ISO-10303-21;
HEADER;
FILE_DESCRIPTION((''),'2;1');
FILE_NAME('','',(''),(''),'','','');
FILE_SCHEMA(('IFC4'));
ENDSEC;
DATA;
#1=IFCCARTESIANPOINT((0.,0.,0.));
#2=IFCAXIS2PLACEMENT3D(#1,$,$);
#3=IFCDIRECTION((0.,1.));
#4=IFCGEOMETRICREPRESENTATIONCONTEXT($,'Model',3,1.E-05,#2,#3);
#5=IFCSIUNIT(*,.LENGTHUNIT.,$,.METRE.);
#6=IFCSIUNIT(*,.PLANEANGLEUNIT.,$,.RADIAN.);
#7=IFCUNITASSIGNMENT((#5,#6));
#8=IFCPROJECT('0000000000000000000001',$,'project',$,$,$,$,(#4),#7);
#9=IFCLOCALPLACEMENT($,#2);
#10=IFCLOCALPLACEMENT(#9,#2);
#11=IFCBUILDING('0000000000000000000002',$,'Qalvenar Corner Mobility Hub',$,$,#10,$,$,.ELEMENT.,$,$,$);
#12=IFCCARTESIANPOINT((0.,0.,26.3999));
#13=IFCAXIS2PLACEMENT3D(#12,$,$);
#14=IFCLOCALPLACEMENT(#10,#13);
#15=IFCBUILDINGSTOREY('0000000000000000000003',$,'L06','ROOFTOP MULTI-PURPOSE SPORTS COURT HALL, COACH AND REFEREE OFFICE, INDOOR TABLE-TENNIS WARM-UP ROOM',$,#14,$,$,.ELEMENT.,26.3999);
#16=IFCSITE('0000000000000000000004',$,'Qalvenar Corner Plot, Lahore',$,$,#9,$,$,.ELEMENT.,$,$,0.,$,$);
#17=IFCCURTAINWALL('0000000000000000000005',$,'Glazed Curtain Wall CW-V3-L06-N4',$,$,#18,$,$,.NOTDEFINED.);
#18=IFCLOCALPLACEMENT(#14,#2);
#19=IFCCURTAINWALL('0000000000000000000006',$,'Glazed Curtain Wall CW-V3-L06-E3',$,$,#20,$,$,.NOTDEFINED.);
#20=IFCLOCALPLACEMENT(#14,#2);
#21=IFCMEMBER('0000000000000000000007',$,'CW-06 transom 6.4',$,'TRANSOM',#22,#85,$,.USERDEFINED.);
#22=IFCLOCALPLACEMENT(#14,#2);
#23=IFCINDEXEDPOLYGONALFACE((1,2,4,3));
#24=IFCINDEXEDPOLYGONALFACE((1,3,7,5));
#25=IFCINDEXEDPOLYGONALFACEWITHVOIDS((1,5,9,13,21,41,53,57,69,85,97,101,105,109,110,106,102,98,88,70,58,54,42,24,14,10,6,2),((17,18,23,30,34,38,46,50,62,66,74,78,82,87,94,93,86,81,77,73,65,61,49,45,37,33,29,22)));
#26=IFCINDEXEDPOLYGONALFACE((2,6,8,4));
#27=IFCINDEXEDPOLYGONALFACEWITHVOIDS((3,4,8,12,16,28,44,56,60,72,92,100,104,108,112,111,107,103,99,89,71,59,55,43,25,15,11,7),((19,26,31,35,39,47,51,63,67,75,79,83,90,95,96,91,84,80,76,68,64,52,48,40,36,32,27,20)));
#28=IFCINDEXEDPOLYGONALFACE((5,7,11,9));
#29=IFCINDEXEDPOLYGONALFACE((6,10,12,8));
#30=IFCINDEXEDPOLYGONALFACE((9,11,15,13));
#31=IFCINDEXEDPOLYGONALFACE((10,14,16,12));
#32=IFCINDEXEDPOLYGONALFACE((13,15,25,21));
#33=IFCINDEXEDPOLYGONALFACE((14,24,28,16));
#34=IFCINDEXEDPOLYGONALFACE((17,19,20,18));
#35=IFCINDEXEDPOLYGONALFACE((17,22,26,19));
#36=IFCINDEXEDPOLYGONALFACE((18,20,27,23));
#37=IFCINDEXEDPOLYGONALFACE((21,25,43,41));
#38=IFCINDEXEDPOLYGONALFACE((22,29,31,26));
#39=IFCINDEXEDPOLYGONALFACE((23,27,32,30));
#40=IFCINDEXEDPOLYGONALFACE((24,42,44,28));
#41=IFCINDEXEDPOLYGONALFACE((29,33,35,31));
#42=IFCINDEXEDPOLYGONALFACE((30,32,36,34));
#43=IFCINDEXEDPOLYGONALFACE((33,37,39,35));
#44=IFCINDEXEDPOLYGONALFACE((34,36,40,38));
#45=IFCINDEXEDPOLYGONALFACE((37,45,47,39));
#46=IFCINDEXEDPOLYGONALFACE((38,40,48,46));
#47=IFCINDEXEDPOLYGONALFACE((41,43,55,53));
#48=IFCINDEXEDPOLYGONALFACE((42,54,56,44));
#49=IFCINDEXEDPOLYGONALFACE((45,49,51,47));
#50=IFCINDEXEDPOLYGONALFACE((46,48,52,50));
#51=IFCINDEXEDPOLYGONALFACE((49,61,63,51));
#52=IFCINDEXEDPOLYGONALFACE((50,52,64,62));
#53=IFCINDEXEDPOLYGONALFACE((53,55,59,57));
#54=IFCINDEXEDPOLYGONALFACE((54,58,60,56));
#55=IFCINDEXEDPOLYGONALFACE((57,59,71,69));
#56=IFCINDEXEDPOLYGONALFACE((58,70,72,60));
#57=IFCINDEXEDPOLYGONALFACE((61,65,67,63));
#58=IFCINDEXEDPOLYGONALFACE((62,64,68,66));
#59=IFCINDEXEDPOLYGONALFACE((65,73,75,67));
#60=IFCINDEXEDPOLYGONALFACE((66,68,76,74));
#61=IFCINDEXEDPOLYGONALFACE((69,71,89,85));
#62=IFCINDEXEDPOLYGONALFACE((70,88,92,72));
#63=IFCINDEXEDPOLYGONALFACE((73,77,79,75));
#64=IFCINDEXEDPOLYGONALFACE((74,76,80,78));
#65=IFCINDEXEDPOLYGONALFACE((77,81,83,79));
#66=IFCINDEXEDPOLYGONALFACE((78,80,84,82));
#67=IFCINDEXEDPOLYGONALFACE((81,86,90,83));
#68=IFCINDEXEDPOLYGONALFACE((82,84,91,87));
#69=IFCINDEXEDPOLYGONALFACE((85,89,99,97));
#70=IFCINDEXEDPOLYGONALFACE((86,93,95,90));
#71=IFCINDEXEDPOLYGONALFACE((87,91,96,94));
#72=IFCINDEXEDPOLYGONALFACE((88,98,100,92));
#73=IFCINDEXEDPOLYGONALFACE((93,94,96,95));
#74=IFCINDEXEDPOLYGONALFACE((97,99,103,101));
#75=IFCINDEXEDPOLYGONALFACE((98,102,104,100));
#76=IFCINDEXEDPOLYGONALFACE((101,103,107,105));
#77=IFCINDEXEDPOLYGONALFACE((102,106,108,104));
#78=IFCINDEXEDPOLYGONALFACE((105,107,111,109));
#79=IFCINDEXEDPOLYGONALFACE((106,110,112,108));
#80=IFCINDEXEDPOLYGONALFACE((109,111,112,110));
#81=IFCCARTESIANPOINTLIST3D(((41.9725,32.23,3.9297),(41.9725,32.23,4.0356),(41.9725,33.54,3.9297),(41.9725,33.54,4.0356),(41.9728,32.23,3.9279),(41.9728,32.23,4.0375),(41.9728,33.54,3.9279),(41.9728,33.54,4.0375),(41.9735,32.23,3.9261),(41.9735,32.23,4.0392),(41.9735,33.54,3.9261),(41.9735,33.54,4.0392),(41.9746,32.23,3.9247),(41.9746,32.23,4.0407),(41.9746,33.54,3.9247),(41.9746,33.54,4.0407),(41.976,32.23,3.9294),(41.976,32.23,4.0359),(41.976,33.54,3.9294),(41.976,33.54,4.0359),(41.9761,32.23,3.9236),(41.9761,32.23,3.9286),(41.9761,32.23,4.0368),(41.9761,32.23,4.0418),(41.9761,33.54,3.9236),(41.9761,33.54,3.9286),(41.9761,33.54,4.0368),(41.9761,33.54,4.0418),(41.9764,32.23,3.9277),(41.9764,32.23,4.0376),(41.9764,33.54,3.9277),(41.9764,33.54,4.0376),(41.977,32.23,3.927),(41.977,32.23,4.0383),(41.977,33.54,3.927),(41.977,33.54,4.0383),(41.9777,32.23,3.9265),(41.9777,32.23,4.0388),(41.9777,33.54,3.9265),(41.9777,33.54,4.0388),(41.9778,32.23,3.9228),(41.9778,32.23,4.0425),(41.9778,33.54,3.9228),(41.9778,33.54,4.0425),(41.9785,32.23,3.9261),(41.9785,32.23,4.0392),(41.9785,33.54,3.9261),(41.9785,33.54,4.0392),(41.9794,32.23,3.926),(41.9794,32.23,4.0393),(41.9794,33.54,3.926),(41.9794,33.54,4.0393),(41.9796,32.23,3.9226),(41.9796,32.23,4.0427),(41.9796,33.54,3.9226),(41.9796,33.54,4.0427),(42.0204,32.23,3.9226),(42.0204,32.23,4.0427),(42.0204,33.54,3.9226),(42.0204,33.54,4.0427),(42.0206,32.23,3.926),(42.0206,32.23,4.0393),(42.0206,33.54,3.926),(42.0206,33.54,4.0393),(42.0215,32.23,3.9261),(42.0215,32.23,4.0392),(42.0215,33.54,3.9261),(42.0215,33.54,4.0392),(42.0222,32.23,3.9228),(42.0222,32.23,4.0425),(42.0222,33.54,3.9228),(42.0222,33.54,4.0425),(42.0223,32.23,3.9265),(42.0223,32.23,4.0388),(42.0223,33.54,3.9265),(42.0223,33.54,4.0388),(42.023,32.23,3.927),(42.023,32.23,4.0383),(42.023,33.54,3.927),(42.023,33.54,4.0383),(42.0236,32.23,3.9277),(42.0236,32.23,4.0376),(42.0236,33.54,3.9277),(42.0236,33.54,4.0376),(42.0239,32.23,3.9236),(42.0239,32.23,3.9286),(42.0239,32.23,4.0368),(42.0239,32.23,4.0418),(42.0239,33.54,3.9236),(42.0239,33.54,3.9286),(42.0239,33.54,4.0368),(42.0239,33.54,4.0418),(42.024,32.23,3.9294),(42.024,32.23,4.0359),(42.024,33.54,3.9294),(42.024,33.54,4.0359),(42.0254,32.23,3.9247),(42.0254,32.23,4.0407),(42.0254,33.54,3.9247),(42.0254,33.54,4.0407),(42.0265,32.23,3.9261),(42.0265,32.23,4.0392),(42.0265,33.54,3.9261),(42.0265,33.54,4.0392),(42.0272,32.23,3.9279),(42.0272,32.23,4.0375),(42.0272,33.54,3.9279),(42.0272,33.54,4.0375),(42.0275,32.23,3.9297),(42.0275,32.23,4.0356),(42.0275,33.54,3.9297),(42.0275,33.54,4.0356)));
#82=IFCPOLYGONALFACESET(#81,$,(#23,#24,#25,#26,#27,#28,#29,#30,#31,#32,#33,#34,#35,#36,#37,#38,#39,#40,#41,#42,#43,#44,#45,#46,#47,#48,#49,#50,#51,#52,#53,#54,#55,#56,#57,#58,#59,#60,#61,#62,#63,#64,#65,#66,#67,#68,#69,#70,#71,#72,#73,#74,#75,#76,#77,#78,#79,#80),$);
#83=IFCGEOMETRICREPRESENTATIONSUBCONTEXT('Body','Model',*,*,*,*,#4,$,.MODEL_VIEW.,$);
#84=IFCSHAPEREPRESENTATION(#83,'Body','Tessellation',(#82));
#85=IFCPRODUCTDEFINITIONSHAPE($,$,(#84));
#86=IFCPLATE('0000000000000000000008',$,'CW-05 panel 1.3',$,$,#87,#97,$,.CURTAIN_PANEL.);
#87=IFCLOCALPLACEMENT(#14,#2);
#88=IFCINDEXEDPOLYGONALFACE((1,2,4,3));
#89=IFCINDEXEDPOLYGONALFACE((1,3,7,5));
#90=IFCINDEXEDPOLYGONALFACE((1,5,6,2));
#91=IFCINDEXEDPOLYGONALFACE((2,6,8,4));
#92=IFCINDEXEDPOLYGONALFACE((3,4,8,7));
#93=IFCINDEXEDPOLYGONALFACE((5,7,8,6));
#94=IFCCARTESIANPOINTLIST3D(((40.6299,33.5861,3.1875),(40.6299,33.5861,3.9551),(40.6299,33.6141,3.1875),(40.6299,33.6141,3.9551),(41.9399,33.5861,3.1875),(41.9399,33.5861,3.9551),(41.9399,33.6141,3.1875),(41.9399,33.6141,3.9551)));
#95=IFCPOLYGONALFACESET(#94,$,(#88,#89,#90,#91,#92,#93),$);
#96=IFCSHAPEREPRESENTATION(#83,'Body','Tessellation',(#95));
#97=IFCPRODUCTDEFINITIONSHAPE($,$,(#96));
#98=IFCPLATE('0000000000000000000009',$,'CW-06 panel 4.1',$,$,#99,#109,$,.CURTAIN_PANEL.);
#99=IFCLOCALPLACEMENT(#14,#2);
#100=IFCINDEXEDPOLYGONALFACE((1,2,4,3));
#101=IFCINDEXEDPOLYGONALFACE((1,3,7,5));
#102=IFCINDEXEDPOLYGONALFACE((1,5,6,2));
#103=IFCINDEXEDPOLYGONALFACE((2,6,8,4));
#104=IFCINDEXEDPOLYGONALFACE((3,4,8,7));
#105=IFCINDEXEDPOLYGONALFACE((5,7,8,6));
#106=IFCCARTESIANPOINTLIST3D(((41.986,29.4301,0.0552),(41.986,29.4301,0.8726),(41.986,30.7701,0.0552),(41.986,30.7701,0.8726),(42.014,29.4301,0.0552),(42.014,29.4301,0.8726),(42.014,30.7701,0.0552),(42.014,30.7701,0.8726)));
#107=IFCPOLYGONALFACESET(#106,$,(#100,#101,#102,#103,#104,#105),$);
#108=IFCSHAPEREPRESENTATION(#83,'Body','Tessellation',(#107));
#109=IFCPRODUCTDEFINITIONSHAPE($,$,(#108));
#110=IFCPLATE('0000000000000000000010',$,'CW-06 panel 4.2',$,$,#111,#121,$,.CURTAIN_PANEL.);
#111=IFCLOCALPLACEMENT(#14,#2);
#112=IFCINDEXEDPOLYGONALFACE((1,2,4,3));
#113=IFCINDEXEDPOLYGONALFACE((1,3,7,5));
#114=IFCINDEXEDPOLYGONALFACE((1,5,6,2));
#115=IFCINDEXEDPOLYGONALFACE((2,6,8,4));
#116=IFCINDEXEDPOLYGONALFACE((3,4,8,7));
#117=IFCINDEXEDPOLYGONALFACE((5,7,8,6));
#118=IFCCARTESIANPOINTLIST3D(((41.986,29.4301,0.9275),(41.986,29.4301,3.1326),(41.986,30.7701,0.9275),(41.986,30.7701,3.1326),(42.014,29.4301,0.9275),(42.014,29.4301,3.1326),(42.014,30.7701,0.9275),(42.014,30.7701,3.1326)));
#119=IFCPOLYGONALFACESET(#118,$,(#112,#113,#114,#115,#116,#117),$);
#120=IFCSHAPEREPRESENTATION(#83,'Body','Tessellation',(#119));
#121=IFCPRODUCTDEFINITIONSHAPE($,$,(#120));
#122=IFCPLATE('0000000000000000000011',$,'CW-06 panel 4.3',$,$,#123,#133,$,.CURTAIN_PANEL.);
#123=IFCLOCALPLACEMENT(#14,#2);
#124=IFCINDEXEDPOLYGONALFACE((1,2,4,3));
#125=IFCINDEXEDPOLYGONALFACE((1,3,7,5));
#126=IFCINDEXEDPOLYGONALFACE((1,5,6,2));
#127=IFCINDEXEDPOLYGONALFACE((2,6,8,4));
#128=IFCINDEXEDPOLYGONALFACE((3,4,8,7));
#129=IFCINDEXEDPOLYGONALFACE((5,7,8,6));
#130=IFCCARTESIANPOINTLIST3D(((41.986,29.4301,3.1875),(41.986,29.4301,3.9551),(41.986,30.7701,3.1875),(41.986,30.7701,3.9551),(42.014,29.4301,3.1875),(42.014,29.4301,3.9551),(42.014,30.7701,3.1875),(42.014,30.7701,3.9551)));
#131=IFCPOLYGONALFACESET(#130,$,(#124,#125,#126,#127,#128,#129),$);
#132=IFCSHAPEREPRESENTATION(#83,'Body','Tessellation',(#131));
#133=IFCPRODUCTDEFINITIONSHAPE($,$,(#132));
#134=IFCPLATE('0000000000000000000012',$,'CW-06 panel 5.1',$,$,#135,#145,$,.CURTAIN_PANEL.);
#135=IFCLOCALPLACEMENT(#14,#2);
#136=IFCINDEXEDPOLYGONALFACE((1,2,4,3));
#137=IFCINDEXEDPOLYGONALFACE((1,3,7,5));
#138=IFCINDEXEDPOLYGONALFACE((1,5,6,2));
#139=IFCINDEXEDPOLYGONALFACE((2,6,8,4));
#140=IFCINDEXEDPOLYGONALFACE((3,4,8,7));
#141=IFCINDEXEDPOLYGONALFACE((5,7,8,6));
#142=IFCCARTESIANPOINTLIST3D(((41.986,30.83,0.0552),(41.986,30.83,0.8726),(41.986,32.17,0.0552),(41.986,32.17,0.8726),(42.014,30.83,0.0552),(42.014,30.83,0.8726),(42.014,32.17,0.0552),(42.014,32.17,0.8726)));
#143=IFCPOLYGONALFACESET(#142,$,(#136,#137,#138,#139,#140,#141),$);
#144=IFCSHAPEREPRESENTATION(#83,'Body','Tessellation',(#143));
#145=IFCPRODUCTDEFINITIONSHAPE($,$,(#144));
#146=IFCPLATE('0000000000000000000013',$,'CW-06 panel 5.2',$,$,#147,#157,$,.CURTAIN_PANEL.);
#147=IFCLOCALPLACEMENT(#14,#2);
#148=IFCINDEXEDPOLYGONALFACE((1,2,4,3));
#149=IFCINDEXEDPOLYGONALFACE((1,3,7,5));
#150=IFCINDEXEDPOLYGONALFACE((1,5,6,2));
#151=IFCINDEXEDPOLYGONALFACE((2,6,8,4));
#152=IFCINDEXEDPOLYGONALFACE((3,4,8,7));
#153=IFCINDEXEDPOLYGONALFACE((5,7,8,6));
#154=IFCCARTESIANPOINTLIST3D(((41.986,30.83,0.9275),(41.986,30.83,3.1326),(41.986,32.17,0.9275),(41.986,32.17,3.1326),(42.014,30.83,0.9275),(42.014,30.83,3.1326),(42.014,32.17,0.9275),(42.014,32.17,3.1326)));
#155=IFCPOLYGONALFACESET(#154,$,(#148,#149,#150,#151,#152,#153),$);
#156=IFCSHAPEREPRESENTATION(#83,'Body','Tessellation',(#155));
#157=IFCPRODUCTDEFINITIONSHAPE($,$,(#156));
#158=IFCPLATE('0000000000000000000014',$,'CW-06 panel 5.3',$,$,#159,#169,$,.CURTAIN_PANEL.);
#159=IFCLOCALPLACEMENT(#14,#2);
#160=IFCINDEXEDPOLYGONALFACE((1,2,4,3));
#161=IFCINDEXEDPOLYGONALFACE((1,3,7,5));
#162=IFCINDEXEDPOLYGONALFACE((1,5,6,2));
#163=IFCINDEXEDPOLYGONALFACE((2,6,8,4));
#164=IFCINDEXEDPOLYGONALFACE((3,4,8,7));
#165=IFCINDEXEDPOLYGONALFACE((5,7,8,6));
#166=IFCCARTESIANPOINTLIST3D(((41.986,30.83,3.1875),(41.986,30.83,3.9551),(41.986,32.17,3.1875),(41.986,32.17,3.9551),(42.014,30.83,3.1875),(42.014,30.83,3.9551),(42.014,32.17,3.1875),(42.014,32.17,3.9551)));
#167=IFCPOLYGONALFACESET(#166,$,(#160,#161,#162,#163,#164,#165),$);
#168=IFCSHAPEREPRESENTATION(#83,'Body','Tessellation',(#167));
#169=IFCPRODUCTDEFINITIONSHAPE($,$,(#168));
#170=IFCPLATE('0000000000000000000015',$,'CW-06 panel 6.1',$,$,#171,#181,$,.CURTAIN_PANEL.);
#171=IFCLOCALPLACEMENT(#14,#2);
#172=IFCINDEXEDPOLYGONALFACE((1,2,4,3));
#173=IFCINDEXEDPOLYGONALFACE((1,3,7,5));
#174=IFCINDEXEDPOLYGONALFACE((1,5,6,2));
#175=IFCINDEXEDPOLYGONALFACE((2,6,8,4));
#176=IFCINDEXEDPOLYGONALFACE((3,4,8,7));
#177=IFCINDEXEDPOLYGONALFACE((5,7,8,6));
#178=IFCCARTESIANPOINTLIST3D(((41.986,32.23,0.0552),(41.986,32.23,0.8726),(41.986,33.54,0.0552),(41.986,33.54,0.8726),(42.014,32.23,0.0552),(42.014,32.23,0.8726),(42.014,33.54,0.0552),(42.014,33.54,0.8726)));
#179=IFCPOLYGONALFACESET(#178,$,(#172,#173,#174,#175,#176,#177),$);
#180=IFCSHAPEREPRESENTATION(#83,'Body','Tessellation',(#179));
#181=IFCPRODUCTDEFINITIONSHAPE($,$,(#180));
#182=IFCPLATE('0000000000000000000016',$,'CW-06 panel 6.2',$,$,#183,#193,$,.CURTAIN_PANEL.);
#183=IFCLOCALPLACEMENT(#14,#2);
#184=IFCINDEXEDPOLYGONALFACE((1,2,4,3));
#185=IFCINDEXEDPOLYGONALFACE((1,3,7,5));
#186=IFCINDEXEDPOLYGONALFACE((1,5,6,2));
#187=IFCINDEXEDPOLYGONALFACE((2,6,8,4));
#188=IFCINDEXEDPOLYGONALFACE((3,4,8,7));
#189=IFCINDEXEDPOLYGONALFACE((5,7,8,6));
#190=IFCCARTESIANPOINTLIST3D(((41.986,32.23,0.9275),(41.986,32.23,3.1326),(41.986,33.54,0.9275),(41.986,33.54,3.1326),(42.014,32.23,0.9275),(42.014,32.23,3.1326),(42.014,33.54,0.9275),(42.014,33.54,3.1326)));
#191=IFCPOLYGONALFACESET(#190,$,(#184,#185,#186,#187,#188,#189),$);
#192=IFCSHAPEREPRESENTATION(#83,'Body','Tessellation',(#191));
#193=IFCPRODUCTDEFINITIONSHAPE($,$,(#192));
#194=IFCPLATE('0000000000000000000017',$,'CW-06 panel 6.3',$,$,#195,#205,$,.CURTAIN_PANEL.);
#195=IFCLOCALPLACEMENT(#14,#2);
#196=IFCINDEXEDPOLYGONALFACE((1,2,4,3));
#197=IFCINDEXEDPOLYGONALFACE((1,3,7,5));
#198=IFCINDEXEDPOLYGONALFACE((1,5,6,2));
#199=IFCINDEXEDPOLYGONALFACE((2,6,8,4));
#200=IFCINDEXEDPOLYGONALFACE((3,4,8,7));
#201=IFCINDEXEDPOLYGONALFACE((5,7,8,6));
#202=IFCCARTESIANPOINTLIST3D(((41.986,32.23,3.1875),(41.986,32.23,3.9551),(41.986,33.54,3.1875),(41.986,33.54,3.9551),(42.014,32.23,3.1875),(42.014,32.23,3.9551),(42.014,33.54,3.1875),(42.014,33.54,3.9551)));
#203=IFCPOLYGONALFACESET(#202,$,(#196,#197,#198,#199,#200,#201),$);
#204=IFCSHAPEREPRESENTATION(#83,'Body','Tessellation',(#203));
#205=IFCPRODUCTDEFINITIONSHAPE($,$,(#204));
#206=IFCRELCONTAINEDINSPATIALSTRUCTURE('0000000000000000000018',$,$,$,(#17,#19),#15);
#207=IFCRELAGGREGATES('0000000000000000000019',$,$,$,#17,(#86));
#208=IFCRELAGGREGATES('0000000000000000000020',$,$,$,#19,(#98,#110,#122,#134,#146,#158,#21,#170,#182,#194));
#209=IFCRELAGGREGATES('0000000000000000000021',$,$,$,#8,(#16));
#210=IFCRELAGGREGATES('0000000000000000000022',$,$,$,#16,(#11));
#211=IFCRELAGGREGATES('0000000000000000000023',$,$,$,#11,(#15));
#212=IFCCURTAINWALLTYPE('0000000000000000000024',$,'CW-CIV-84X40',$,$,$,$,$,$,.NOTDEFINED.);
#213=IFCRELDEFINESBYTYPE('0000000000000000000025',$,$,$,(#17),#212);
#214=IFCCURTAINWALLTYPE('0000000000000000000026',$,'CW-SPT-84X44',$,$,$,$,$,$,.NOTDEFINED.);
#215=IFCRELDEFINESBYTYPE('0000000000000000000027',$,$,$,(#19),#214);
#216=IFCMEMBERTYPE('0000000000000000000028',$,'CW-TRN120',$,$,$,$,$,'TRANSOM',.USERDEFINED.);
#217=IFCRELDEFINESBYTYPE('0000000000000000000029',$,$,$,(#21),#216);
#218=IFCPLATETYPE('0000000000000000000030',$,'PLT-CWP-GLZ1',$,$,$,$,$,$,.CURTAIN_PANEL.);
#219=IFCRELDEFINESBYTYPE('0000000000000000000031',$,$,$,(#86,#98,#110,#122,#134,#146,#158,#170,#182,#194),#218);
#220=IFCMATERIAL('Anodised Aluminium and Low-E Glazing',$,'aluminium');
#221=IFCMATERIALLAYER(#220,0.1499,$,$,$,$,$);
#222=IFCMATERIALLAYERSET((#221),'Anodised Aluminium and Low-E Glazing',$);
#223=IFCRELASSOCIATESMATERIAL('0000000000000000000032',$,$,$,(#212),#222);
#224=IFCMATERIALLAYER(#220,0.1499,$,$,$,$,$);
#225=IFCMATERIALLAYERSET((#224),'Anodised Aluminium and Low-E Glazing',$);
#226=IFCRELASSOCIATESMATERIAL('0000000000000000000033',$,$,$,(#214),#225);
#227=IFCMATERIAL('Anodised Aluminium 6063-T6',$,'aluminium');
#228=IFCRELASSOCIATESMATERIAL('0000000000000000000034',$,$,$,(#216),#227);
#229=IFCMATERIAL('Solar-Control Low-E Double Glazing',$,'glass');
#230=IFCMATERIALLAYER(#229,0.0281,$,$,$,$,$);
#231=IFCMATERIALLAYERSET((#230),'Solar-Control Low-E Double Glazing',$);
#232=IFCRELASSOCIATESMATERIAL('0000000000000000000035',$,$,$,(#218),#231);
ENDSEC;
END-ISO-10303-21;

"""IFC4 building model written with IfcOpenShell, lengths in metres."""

from ifc_helpers import new_model, si_unit, direction, frame, origin, origin_2d, place, context, subcontext, project, spatial, rectangle, hollow_rectangle, extrude, material, layer, layer_set, material_profile, profile_set, type_object, element, aggregate, save


model = new_model("IFC4")

# Units and contexts
model_context = context("Model", 3, precision=1e-05, world=origin(), true_north=direction((0.0, 1.0)))
body_context = subcontext(model_context, "Body", "Model", "MODEL_VIEW")
ifc_project = project(units=[si_unit("LENGTHUNIT", "METRE"), si_unit("PLANEANGLEUNIT", "RADIAN")], contexts=[model_context])

# Site, building, storey
site_placement = place(None, origin())
site = spatial("IfcSite", under=ifc_project, at=site_placement, Name="Qalvenar Corner Plot, Lahore", CompositionType="ELEMENT", RefElevation=0.0)
building_placement = place(site_placement, origin())
building = spatial("IfcBuilding", under=site, at=building_placement, Name="Qalvenar Corner Mobility Hub", CompositionType="ELEMENT")
storey_placement = place(building_placement, frame((0.0, 0.0, 26.3999)))
storey = spatial("IfcBuildingStorey", under=building, at=storey_placement, Name="L06", Description="ROOFTOP MULTI-PURPOSE SPORTS COURT HALL, COACH AND REFEREE OFFICE, INDOOR TABLE-TENNIS WARM-UP ROOM", CompositionType="ELEMENT", Elevation=26.3999)

# Curtain wall
ifc_material_1 = material(Name="Anodised Aluminium and Low-E Glazing", Category="aluminium")
ifc_layer_1 = layer(ifc_material_1, 0.1499)
ifc_layer_set_1 = layer_set([ifc_layer_1], Name="Anodised Aluminium and Low-E Glazing")
curtain_wall_type_1 = type_object("IfcCurtainWallType", Name="CW-CIV-84X40", PredefinedType="NOTDEFINED", material=ifc_layer_set_1)
curtain_wall_1_placement = place(storey_placement, origin())
curtain_wall_1 = element("IfcCurtainWall", 1, at=curtain_wall_1_placement, inside=storey, type_object=curtain_wall_type_1, Name="Glazed Curtain Wall CW-V3-L06-N4", PredefinedType="NOTDEFINED")
ifc_material_2 = material(Name="Anodised Aluminium 6063-T6", Category="aluminium")

# Curtain wall
ifc_layer_2 = layer(ifc_material_1, 0.1499)
ifc_layer_set_2 = layer_set([ifc_layer_2], Name="Anodised Aluminium and Low-E Glazing")
curtain_wall_type_2 = type_object("IfcCurtainWallType", Name="CW-SPT-84X44", PredefinedType="NOTDEFINED", material=ifc_layer_set_2)
curtain_wall_2_placement = place(storey_placement, origin())
curtain_wall_2 = element("IfcCurtainWall", 2, at=curtain_wall_2_placement, inside=storey, type_object=curtain_wall_type_2, Name="Glazed Curtain Wall CW-V3-L06-E3", PredefinedType="NOTDEFINED")

# Member
ifc_material_profile_1 = material_profile(ifc_material_2, hollow_rectangle(XDim=0.0549, YDim=0.1201, WallThickness=0.0034, InnerFilletRadius=0.0034, OuterFilletRadius=0.0071, at=origin_2d()), Name="RHS120x55x3.5")
ifc_profile_set_1 = profile_set([ifc_material_profile_1], Name="Anodised Aluminium 6063-T6")
member_type_1 = type_object("IfcMemberType", Name="CW-TRN120", ElementType="TRANSOM", PredefinedType="USERDEFINED", material=ifc_profile_set_1)
member_1_placement = place(storey_placement, frame((42.0, 32.23, 3.9827), z_axis=(0.0, 1.0, 0.0), x_axis=(-1.0, 0.0, 0.0)))
member_1 = element("IfcMember", 3, at=member_1_placement, type_object=member_type_1, Name="CW-06 transom 6.4", ObjectType="TRANSOM", PredefinedType="USERDEFINED", context=body_context, shape_type="SweptSolid", body=[
    extrude(hollow_rectangle(XDim=0.0549, YDim=0.1201, WallThickness=0.0034, InnerFilletRadius=0.0034, OuterFilletRadius=0.0071, at=origin_2d()), origin(), (0.0, 0.0, 1.0), 1.3101),
])

# Plates
ifc_material_3 = material(Name="Solar-Control Low-E Double Glazing", Category="glass")
ifc_layer_3 = layer(ifc_material_3, 0.0281)
ifc_layer_set_3 = layer_set([ifc_layer_3], Name="Solar-Control Low-E Double Glazing")
plate_type = type_object("IfcPlateType", Name="PLT-CWP-GLZ1", PredefinedType="CURTAIN_PANEL", material=ifc_layer_set_3)
plate_1_placement = place(storey_placement, frame((41.2849, 33.6001, 3.1875), z_axis=(0.0, 0.0, 1.0), x_axis=(-1.0, 0.0, 0.0)))
plate_1 = element("IfcPlate", 4, at=plate_1_placement, type_object=plate_type, Name="CW-05 panel 1.3", PredefinedType="CURTAIN_PANEL", context=body_context, shape_type="SweptSolid", body=[
    extrude(rectangle(XDim=1.3101, YDim=0.0281, at=origin_2d()), origin(), (0.0, 0.0, 1.0), 0.7676),
])
aggregate(curtain_wall_1, [plate_1])
plate_2_placement = place(storey_placement, frame((42.0, 30.1001, 0.0552), z_axis=(0.0, 0.0, 1.0), x_axis=(0.0, 1.0, 0.0)))
plate_2 = element("IfcPlate", 5, at=plate_2_placement, type_object=plate_type, Name="CW-06 panel 4.1", PredefinedType="CURTAIN_PANEL", context=body_context, shape_type="SweptSolid", body=[
    extrude(rectangle(XDim=1.3401, YDim=0.0281, at=origin_2d()), origin(), (0.0, 0.0, 1.0), 0.8174),
])
plate_3_placement = place(storey_placement, frame((42.0, 30.1001, 0.9275), z_axis=(0.0, 0.0, 1.0), x_axis=(0.0, 1.0, 0.0)))
plate_3 = element("IfcPlate", 6, at=plate_3_placement, type_object=plate_type, Name="CW-06 panel 4.2", PredefinedType="CURTAIN_PANEL", context=body_context, shape_type="SweptSolid", body=[
    extrude(rectangle(XDim=1.3401, YDim=0.0281, at=origin_2d()), origin(), (0.0, 0.0, 1.0), 2.2051),
])
plate_4_placement = place(storey_placement, frame((42.0, 30.1001, 3.1875), z_axis=(0.0, 0.0, 1.0), x_axis=(0.0, 1.0, 0.0)))
plate_4 = element("IfcPlate", 7, at=plate_4_placement, type_object=plate_type, Name="CW-06 panel 4.3", PredefinedType="CURTAIN_PANEL", context=body_context, shape_type="SweptSolid", body=[
    extrude(rectangle(XDim=1.3401, YDim=0.0281, at=origin_2d()), origin(), (0.0, 0.0, 1.0), 0.7676),
])
plate_5_placement = place(storey_placement, frame((42.0, 31.5, 0.0552), z_axis=(0.0, 0.0, 1.0), x_axis=(0.0, 1.0, 0.0)))
plate_5 = element("IfcPlate", 8, at=plate_5_placement, type_object=plate_type, Name="CW-06 panel 5.1", PredefinedType="CURTAIN_PANEL", context=body_context, shape_type="SweptSolid", body=[
    extrude(rectangle(XDim=1.3401, YDim=0.0281, at=origin_2d()), origin(), (0.0, 0.0, 1.0), 0.8174),
])
plate_6_placement = place(storey_placement, frame((42.0, 31.5, 0.9275), z_axis=(0.0, 0.0, 1.0), x_axis=(0.0, 1.0, 0.0)))
plate_6 = element("IfcPlate", 9, at=plate_6_placement, type_object=plate_type, Name="CW-06 panel 5.2", PredefinedType="CURTAIN_PANEL", context=body_context, shape_type="SweptSolid", body=[
    extrude(rectangle(XDim=1.3401, YDim=0.0281, at=origin_2d()), origin(), (0.0, 0.0, 1.0), 2.2051),
])
plate_7_placement = place(storey_placement, frame((42.0, 31.5, 3.1875), z_axis=(0.0, 0.0, 1.0), x_axis=(0.0, 1.0, 0.0)))
plate_7 = element("IfcPlate", 10, at=plate_7_placement, type_object=plate_type, Name="CW-06 panel 5.3", PredefinedType="CURTAIN_PANEL", context=body_context, shape_type="SweptSolid", body=[
    extrude(rectangle(XDim=1.3401, YDim=0.0281, at=origin_2d()), origin(), (0.0, 0.0, 1.0), 0.7676),
])
plate_8_placement = place(storey_placement, frame((42.0, 32.885, 0.0552), z_axis=(0.0, 0.0, 1.0), x_axis=(0.0, 1.0, 0.0)))
plate_8 = element("IfcPlate", 11, at=plate_8_placement, type_object=plate_type, Name="CW-06 panel 6.1", PredefinedType="CURTAIN_PANEL", context=body_context, shape_type="SweptSolid", body=[
    extrude(rectangle(XDim=1.3101, YDim=0.0281, at=origin_2d()), origin(), (0.0, 0.0, 1.0), 0.8174),
])
plate_9_placement = place(storey_placement, frame((42.0, 32.885, 0.9275), z_axis=(0.0, 0.0, 1.0), x_axis=(0.0, 1.0, 0.0)))
plate_9 = element("IfcPlate", 12, at=plate_9_placement, type_object=plate_type, Name="CW-06 panel 6.2", PredefinedType="CURTAIN_PANEL", context=body_context, shape_type="SweptSolid", body=[
    extrude(rectangle(XDim=1.3101, YDim=0.0281, at=origin_2d()), origin(), (0.0, 0.0, 1.0), 2.2051),
])
plate_10_placement = place(storey_placement, frame((42.0, 32.885, 3.1875), z_axis=(0.0, 0.0, 1.0), x_axis=(0.0, 1.0, 0.0)))
plate_10 = element("IfcPlate", 13, at=plate_10_placement, type_object=plate_type, Name="CW-06 panel 6.3", PredefinedType="CURTAIN_PANEL", context=body_context, shape_type="SweptSolid", body=[
    extrude(rectangle(XDim=1.3101, YDim=0.0281, at=origin_2d()), origin(), (0.0, 0.0, 1.0), 0.7676),
])
aggregate(curtain_wall_2, [plate_2, plate_3, plate_4, plate_5, plate_6, plate_7, member_1, plate_8, plate_9, plate_10])

save(model, "model.ifc")
